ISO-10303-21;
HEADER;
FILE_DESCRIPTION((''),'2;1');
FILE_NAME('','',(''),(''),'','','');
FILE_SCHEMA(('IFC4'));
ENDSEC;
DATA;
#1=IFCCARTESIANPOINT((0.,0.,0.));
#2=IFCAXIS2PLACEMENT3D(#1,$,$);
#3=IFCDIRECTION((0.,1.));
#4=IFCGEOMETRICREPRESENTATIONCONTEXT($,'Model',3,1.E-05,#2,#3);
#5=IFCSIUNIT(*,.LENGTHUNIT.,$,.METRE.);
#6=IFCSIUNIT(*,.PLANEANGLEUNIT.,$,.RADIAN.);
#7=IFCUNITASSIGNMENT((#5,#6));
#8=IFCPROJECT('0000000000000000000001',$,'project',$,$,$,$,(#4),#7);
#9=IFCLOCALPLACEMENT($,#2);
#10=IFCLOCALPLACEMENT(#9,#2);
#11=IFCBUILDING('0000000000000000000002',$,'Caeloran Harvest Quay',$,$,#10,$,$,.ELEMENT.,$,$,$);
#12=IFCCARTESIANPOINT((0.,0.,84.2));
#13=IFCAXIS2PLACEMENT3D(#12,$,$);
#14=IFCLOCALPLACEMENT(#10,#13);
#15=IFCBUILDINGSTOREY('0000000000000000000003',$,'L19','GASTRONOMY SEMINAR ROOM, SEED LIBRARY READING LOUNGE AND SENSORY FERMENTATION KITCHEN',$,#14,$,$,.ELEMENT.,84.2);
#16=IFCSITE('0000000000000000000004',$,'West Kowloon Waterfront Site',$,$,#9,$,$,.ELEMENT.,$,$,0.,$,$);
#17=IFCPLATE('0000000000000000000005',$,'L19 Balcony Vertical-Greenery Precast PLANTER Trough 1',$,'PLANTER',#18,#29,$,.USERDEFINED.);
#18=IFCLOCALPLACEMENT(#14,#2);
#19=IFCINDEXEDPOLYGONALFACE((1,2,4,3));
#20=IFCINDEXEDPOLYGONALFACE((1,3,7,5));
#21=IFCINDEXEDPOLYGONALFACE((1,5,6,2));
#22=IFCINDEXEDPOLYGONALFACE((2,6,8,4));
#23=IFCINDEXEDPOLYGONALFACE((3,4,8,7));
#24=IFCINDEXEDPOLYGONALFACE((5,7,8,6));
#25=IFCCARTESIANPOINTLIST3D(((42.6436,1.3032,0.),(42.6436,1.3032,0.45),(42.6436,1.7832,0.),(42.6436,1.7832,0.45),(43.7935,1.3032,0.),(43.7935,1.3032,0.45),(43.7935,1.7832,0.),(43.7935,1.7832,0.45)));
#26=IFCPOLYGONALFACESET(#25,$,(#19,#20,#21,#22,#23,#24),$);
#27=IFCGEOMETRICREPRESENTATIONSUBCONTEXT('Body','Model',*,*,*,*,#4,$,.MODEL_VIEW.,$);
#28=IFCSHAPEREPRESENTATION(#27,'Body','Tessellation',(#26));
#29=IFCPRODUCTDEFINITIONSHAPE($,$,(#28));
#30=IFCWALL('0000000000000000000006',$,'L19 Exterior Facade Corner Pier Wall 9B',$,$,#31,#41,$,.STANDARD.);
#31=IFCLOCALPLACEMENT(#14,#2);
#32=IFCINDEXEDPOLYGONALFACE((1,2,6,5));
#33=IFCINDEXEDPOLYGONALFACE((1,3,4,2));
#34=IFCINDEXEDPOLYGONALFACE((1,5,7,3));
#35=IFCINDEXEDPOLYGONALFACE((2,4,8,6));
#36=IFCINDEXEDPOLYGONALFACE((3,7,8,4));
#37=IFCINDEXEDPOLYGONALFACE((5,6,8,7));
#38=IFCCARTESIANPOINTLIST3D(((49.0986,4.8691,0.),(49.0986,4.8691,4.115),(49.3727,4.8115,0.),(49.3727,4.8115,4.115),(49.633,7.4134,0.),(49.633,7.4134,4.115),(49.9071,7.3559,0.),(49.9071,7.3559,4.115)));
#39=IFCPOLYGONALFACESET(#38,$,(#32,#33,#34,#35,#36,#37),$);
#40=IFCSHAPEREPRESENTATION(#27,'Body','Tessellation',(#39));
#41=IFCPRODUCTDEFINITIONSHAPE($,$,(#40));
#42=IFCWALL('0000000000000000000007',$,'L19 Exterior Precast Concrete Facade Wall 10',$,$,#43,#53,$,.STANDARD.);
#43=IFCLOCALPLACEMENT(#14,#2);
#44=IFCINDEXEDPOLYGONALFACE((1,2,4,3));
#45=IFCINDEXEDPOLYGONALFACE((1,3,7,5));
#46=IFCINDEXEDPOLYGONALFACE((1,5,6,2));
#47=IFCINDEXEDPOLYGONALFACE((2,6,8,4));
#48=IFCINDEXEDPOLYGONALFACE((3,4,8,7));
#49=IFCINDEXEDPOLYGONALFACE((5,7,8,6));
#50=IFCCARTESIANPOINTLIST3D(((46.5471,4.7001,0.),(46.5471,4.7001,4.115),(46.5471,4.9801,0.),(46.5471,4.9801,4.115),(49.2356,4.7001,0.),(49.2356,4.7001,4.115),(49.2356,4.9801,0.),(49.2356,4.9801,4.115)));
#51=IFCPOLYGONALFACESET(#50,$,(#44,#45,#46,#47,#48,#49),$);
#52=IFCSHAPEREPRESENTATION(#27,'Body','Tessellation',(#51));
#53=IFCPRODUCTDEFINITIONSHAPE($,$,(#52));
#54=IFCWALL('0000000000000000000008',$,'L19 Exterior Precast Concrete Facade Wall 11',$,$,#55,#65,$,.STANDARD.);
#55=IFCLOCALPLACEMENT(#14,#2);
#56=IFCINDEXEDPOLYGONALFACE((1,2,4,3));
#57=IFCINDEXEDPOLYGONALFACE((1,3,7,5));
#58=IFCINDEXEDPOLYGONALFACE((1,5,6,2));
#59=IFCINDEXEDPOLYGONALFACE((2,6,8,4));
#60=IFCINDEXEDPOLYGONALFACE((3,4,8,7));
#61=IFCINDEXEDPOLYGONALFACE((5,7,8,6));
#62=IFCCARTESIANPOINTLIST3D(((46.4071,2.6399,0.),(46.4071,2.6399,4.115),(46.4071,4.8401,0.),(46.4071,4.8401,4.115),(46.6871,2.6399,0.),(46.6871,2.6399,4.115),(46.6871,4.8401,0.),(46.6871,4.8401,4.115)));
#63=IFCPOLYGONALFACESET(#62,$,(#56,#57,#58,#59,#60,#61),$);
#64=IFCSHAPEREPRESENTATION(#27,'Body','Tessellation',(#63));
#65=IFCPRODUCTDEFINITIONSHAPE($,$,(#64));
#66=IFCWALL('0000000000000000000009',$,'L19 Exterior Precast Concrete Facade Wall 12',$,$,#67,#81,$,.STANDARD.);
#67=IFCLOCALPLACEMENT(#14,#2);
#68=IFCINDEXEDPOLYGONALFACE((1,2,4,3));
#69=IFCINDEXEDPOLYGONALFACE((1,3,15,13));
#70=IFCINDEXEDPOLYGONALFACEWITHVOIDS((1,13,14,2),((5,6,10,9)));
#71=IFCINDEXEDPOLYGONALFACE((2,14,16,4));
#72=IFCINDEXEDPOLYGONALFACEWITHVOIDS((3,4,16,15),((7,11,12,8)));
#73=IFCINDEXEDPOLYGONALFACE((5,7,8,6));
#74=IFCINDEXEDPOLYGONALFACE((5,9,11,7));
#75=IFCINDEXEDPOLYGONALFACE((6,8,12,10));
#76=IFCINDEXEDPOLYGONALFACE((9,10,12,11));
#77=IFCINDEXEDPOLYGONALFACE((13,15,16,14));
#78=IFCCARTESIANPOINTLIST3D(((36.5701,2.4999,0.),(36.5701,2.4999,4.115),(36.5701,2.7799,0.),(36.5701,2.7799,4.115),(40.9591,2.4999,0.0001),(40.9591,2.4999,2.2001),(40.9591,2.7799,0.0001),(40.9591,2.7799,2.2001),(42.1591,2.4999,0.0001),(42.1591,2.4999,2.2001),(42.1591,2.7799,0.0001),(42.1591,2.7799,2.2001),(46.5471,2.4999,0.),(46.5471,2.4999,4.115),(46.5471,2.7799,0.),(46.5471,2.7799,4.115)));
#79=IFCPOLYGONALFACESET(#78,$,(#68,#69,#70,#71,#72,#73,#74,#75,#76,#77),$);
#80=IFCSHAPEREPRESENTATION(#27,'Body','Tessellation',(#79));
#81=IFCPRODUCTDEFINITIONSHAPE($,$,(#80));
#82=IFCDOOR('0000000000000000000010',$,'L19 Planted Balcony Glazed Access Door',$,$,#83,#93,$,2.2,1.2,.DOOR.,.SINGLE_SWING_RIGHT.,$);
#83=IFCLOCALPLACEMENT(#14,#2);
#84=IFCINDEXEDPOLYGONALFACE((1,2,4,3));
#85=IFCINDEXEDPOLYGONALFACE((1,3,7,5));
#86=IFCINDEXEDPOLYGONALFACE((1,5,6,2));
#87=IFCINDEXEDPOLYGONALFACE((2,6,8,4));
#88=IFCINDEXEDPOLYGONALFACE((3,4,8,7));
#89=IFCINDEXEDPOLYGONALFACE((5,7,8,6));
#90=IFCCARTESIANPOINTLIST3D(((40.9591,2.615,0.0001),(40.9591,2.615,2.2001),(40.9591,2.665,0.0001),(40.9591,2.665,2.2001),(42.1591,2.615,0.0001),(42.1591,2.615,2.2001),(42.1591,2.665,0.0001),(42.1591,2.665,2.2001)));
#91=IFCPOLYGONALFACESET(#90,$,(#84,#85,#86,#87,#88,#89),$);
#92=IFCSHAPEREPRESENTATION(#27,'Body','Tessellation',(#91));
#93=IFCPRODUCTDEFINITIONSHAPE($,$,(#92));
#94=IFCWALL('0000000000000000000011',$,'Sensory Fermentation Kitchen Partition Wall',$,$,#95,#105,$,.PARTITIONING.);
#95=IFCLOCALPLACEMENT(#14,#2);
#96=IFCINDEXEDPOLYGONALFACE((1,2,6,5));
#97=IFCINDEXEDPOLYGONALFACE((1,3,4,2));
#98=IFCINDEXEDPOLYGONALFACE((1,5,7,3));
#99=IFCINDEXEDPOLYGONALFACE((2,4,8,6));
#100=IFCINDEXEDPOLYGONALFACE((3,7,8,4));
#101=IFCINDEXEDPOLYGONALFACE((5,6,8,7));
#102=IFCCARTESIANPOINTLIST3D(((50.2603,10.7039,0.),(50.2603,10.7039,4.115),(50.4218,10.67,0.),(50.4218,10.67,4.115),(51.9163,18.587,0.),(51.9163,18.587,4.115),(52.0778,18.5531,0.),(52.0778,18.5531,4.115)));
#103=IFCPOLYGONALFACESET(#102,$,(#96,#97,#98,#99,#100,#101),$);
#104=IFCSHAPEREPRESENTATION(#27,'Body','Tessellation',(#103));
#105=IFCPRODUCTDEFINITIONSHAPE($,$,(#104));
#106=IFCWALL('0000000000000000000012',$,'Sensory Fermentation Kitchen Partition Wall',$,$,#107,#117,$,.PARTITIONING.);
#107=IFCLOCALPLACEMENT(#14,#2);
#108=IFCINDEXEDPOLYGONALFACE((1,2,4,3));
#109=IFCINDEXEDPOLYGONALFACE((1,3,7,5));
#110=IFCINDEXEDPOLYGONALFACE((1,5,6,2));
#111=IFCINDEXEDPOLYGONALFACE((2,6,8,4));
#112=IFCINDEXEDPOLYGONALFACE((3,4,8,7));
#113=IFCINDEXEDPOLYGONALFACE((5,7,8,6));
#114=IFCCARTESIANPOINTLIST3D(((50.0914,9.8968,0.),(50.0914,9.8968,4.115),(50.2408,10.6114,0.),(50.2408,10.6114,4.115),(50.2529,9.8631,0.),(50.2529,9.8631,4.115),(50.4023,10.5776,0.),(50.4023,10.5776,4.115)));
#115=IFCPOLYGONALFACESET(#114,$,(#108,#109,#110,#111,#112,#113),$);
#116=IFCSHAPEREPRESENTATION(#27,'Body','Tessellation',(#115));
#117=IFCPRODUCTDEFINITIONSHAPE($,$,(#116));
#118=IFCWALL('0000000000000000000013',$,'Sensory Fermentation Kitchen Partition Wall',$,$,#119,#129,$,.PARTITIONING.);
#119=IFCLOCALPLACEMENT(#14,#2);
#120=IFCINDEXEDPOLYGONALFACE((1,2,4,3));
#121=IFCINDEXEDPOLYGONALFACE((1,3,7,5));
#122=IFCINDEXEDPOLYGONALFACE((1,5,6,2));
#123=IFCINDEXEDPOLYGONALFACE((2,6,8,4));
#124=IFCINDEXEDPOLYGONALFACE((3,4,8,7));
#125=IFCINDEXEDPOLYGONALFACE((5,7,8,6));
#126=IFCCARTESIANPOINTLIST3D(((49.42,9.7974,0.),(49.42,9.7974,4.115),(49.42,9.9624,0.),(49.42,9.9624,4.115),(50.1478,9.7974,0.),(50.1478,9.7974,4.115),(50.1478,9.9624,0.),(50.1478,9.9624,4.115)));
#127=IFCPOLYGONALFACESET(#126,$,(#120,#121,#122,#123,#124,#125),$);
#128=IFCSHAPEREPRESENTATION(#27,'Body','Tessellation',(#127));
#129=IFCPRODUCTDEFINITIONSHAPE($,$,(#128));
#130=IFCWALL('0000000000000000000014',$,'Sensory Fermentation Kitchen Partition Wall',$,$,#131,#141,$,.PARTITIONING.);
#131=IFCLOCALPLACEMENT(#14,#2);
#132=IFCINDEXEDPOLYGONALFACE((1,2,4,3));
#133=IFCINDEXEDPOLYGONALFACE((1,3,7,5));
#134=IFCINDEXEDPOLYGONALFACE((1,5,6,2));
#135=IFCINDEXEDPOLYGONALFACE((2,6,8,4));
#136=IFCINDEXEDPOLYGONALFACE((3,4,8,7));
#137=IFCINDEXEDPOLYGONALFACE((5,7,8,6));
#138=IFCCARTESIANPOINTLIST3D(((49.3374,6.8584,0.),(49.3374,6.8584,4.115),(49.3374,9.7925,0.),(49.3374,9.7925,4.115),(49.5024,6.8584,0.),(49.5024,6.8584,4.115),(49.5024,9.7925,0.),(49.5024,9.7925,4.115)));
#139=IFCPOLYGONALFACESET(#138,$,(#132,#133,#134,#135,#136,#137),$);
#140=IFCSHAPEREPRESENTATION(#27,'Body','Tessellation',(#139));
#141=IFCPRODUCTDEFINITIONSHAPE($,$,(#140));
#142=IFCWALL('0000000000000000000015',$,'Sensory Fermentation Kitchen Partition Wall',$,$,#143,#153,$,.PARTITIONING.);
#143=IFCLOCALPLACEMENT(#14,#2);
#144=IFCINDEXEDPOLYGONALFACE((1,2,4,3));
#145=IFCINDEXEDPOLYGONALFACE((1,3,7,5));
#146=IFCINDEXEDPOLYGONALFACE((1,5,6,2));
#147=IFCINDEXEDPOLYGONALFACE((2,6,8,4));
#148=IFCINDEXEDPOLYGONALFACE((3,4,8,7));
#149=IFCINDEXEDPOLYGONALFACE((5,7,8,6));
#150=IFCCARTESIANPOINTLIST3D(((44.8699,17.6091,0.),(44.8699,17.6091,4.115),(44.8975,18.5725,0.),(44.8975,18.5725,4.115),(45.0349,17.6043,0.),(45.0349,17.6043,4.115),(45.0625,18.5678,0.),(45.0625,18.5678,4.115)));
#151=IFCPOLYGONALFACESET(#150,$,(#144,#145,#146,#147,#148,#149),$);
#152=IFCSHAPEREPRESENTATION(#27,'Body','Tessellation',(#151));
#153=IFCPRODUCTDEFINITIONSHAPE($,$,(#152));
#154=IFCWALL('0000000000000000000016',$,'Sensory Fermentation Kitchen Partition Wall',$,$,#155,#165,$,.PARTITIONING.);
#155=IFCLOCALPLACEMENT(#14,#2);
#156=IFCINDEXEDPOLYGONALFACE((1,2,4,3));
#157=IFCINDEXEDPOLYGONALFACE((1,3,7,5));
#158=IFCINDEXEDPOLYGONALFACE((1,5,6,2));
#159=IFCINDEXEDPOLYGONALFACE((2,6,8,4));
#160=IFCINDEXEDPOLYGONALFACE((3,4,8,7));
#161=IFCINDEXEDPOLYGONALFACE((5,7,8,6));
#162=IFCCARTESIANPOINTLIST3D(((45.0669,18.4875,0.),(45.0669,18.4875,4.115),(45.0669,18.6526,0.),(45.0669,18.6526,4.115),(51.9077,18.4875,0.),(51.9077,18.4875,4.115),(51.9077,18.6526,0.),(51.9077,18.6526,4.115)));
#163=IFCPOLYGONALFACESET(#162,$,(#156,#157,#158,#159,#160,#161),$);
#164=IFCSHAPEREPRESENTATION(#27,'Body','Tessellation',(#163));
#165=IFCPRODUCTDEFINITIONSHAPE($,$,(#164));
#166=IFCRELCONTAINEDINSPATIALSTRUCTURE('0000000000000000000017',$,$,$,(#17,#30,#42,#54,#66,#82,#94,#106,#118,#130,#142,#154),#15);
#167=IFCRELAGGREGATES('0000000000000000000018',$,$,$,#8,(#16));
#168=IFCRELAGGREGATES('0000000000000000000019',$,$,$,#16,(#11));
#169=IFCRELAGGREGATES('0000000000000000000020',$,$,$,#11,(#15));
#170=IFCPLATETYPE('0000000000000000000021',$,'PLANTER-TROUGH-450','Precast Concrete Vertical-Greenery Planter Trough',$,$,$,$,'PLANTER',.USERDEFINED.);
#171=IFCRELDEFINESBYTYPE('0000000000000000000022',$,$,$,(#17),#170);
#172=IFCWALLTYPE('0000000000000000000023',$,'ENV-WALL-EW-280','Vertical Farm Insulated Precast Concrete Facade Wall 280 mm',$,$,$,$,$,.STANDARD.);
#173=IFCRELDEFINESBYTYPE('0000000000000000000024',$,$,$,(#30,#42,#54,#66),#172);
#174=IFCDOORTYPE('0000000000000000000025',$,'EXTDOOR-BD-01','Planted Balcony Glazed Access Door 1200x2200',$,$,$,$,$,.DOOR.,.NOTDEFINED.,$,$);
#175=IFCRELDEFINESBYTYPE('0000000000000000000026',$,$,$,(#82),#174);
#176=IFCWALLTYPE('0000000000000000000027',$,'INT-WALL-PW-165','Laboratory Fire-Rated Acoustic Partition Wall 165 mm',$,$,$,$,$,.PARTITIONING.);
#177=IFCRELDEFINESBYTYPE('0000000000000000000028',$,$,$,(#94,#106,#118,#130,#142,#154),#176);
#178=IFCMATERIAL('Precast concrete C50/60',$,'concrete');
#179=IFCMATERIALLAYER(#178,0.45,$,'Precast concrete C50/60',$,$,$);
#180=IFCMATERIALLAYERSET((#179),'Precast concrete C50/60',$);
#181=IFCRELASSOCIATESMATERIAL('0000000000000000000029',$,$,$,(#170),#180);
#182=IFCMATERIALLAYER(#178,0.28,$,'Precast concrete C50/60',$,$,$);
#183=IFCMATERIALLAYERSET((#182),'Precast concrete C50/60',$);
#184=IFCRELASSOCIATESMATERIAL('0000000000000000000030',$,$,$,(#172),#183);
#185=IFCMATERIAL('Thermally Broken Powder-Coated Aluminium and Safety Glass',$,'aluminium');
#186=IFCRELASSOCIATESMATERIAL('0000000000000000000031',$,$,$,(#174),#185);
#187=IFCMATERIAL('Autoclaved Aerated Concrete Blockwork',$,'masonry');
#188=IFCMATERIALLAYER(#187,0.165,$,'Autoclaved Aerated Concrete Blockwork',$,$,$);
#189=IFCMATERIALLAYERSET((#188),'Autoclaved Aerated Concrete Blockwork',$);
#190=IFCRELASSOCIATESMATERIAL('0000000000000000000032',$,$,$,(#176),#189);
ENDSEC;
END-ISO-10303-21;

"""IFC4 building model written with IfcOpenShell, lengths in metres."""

from ifc_helpers import new_model, si_unit, direction, frame, frame_2d, origin, origin_2d, place, context, subcontext, project, spatial, rectangle, extrude, material, layer, layer_set, type_object, element, fill, save


model = new_model("IFC4")

# Units and contexts
model_context = context("Model", 3, precision=1e-05, world=origin(), true_north=direction((0.0, 1.0)))
body_context = subcontext(model_context, "Body", "Model", "MODEL_VIEW")
ifc_project = project(units=[si_unit("LENGTHUNIT", "METRE"), si_unit("PLANEANGLEUNIT", "RADIAN")], contexts=[model_context])

# Site, building, storey
site_placement = place(None, origin())
site = spatial("IfcSite", under=ifc_project, at=site_placement, Name="West Kowloon Waterfront Site", CompositionType="ELEMENT", RefElevation=0.0)
building_placement = place(site_placement, origin())
building = spatial("IfcBuilding", under=site, at=building_placement, Name="Caeloran Harvest Quay", CompositionType="ELEMENT")
storey_placement = place(building_placement, frame((0.0, 0.0, 84.2)))
storey = spatial("IfcBuildingStorey", under=building, at=storey_placement, Name="L19", Description="GASTRONOMY SEMINAR ROOM, SEED LIBRARY READING LOUNGE AND SENSORY FERMENTATION KITCHEN", CompositionType="ELEMENT", Elevation=84.2)

# Plate
ifc_material_1 = material(Name="Precast concrete C50/60", Category="concrete")
ifc_layer_1 = layer(ifc_material_1, 0.45, Name="Precast concrete C50/60")
ifc_layer_set_1 = layer_set([ifc_layer_1], Name="Precast concrete C50/60")
plate_type_1 = type_object("IfcPlateType", Name="PLANTER-TROUGH-450", Description="Precast Concrete Vertical-Greenery Planter Trough", ElementType="PLANTER", PredefinedType="USERDEFINED", material=ifc_layer_set_1)
plate_1_placement = place(storey_placement, frame((43.2185, 1.5432, 0.0), z_axis=(0.0, 0.0, 1.0), x_axis=(1.0, 0.0, 0.0)))
element("IfcPlate", 1, at=plate_1_placement, inside=storey, type_object=plate_type_1, Name="L19 Balcony Vertical-Greenery Precast PLANTER Trough 1", ObjectType="PLANTER", PredefinedType="USERDEFINED", context=body_context, shape_type="SweptSolid", body=[
    extrude(rectangle(XDim=1.1499, YDim=0.48, at=origin_2d()), origin(), (0.0, 0.0, 1.0), 0.45),
])

# Walls
ifc_layer_2 = layer(ifc_material_1, 0.28, Name="Precast concrete C50/60")
ifc_layer_set_2 = layer_set([ifc_layer_2], Name="Precast concrete C50/60")
wall_type_1 = type_object("IfcWallType", Name="ENV-WALL-EW-280", Description="Vertical Farm Insulated Precast Concrete Facade Wall 280 mm", PredefinedType="STANDARD", material=ifc_layer_set_2)
wall_1_placement = place(storey_placement, frame((49.77, 7.3845, 0.0), z_axis=(0.0, 0.0, 1.0), x_axis=(-0.205551, -0.978646, 0.0)))
element("IfcWall", 2, at=wall_1_placement, inside=storey, type_object=wall_type_1, Name="L19 Exterior Facade Corner Pier Wall 9B", PredefinedType="STANDARD", context=body_context, shape_type="SweptSolid", body=[
    extrude(rectangle(XDim=2.5999, YDim=0.28, at=frame_2d((1.2998, 0.0))), origin(), (0.0, 0.0, 1.0), 4.115),
])
wall_2_placement = place(storey_placement, frame((49.2356, 4.8401, 0.0), z_axis=(0.0, 0.0, 1.0), x_axis=(-1.0, 0.0, 0.0)))
element("IfcWall", 3, at=wall_2_placement, inside=storey, type_object=wall_type_1, Name="L19 Exterior Precast Concrete Facade Wall 10", PredefinedType="STANDARD", context=body_context, shape_type="SweptSolid", body=[
    extrude(rectangle(XDim=2.6885, YDim=0.28, at=frame_2d((1.3442, 0.0))), origin(), (0.0, 0.0, 1.0), 4.115),
])
wall_3_placement = place(storey_placement, frame((46.5471, 4.8401, 0.0), z_axis=(0.0, 0.0, 1.0), x_axis=(0.0, -1.0, 0.0)))
element("IfcWall", 4, at=wall_3_placement, inside=storey, type_object=wall_type_1, Name="L19 Exterior Precast Concrete Facade Wall 11", PredefinedType="STANDARD", context=body_context, shape_type="SweptSolid", body=[
    extrude(rectangle(XDim=2.2002, YDim=0.28, at=frame_2d((1.1001, 0.0))), origin(), (0.0, 0.0, 1.0), 4.115),
])

# Wall, opening, door
wall_4_placement = place(storey_placement, frame((46.5471, 2.6399, 0.0), z_axis=(0.0, 0.0, 1.0), x_axis=(-1.0, 0.0, 0.0)))
wall_4 = element("IfcWall", 5, at=wall_4_placement, inside=storey, type_object=wall_type_1, Name="L19 Exterior Precast Concrete Facade Wall 12", PredefinedType="STANDARD", context=body_context, shape_type="SweptSolid", body=[
    extrude(rectangle(XDim=9.9771, YDim=0.28, at=frame_2d((4.9885, 0.0))), origin(), (0.0, 0.0, 1.0), 4.115),
])
opening_1_placement = place(wall_4_placement, frame((4.3879, 0.0, 0.0)))
opening_1 = element("IfcOpeningElement", 6, at=opening_1_placement, cuts=wall_4, PredefinedType="OPENING", context=body_context, shape_type="SweptSolid", body=[
    extrude(rectangle(XDim=1.2, YDim=2.2, at=frame_2d((0.6001, 1.1001))), frame((0.0, 0.1499, 0.0), z_axis=(0.0, -1.0, 0.0), x_axis=(1.0, 0.0, 0.0)), (0.0, 0.0, 1.0), 0.3),
])
ifc_material_2 = material(Name="Thermally Broken Powder-Coated Aluminium and Safety Glass", Category="aluminium")
door_type_1 = type_object("IfcDoorType", Name="EXTDOOR-BD-01", Description="Planted Balcony Glazed Access Door 1200x2200", OperationType="NOTDEFINED", PredefinedType="DOOR", material=ifc_material_2)
door_1_placement = place(opening_1_placement, origin())
door_1 = element("IfcDoor", 7, at=door_1_placement, inside=storey, type_object=door_type_1, Name="L19 Planted Balcony Glazed Access Door", OperationType="SINGLE_SWING_RIGHT", OverallHeight=2.2, OverallWidth=1.2, PredefinedType="DOOR", context=body_context, shape_type="SweptSolid", body=[
    extrude(rectangle(XDim=1.2, YDim=2.2, at=frame_2d((0.6001, 1.1001))), frame((0.0, 0.0249, 0.0), z_axis=(0.0, -1.0, 0.0), x_axis=(1.0, 0.0, 0.0)), (0.0, 0.0, 1.0), 0.05),
])
fill(opening_1, door_1)

# Walls
ifc_material_3 = material(Name="Autoclaved Aerated Concrete Blockwork", Category="masonry")
ifc_layer_3 = layer(ifc_material_3, 0.165, Name="Autoclaved Aerated Concrete Blockwork")
ifc_layer_set_3 = layer_set([ifc_layer_3], Name="Autoclaved Aerated Concrete Blockwork")
wall_type_2 = type_object("IfcWallType", Name="INT-WALL-PW-165", Description="Laboratory Fire-Rated Acoustic Partition Wall 165 mm", PredefinedType="PARTITIONING", material=ifc_layer_set_3)
wall_5_placement = place(storey_placement, frame((51.9971, 18.5701, 0.0), z_axis=(0.0, 0.0, 1.0), x_axis=(-0.205584, -0.978639, 0.0)))
element("IfcWall", 8, at=wall_5_placement, inside=storey, type_object=wall_type_2, Name="Sensory Fermentation Kitchen Partition Wall", PredefinedType="PARTITIONING", context=body_context, shape_type="SweptSolid", body=[
    extrude(rectangle(XDim=8.0552, YDim=0.165, at=frame_2d((4.0276, 0.0))), origin(), (0.0, 0.0, 1.0), 4.115),
])
wall_6_placement = place(storey_placement, frame((50.3215, 10.5945, 0.0), z_axis=(0.0, 0.0, 1.0), x_axis=(-0.204662, -0.978833, 0.0)))
element("IfcWall", 9, at=wall_6_placement, inside=storey, type_object=wall_type_2, Name="Sensory Fermentation Kitchen Partition Wall", PredefinedType="PARTITIONING", context=body_context, shape_type="SweptSolid", body=[
    extrude(rectangle(XDim=0.73, YDim=0.165, at=frame_2d((0.365, 0.0))), origin(), (0.0, 0.0, 1.0), 4.115),
])
wall_7_placement = place(storey_placement, frame((50.1477, 9.8799, 0.0), z_axis=(0.0, 0.0, 1.0), x_axis=(-1.0, 0.0, 0.0)))
element("IfcWall", 10, at=wall_7_placement, inside=storey, type_object=wall_type_2, Name="Sensory Fermentation Kitchen Partition Wall", PredefinedType="PARTITIONING", context=body_context, shape_type="SweptSolid", body=[
    extrude(rectangle(XDim=0.7278, YDim=0.165, at=frame_2d((0.3638, 0.0))), origin(), (0.0, 0.0, 1.0), 4.115),
])
wall_8_placement = place(storey_placement, frame((49.4199, 9.7925, 0.0), z_axis=(0.0, 0.0, 1.0), x_axis=(0.0, -1.0, 0.0)))
element("IfcWall", 11, at=wall_8_placement, inside=storey, type_object=wall_type_2, Name="Sensory Fermentation Kitchen Partition Wall", PredefinedType="PARTITIONING", context=body_context, shape_type="SweptSolid", body=[
    extrude(rectangle(XDim=2.9341, YDim=0.165, at=frame_2d((1.467, 0.0))), origin(), (0.0, 0.0, 1.0), 4.115),
])
wall_9_placement = place(storey_placement, frame((44.9524, 17.6067, 0.0), z_axis=(0.0, 0.0, 1.0), x_axis=(0.028625, 0.99959, 0.0)))
element("IfcWall", 12, at=wall_9_placement, inside=storey, type_object=wall_type_2, Name="Sensory Fermentation Kitchen Partition Wall", PredefinedType="PARTITIONING", context=body_context, shape_type="SweptSolid", body=[
    extrude(rectangle(XDim=0.9639, YDim=0.165, at=frame_2d((0.4819, 0.0))), origin(), (0.0, 0.0, 1.0), 4.115),
])
wall_10_placement = place(storey_placement, frame((45.0669, 18.5701, 0.0), z_axis=(0.0, 0.0, 1.0), x_axis=(1.0, 0.0, 0.0)))
element("IfcWall", 13, at=wall_10_placement, inside=storey, type_object=wall_type_2, Name="Sensory Fermentation Kitchen Partition Wall", PredefinedType="PARTITIONING", context=body_context, shape_type="SweptSolid", body=[
    extrude(rectangle(XDim=6.8408, YDim=0.165, at=frame_2d((3.4204, 0.0))), origin(), (0.0, 0.0, 1.0), 4.115),
])

save(model, "model.ifc")
